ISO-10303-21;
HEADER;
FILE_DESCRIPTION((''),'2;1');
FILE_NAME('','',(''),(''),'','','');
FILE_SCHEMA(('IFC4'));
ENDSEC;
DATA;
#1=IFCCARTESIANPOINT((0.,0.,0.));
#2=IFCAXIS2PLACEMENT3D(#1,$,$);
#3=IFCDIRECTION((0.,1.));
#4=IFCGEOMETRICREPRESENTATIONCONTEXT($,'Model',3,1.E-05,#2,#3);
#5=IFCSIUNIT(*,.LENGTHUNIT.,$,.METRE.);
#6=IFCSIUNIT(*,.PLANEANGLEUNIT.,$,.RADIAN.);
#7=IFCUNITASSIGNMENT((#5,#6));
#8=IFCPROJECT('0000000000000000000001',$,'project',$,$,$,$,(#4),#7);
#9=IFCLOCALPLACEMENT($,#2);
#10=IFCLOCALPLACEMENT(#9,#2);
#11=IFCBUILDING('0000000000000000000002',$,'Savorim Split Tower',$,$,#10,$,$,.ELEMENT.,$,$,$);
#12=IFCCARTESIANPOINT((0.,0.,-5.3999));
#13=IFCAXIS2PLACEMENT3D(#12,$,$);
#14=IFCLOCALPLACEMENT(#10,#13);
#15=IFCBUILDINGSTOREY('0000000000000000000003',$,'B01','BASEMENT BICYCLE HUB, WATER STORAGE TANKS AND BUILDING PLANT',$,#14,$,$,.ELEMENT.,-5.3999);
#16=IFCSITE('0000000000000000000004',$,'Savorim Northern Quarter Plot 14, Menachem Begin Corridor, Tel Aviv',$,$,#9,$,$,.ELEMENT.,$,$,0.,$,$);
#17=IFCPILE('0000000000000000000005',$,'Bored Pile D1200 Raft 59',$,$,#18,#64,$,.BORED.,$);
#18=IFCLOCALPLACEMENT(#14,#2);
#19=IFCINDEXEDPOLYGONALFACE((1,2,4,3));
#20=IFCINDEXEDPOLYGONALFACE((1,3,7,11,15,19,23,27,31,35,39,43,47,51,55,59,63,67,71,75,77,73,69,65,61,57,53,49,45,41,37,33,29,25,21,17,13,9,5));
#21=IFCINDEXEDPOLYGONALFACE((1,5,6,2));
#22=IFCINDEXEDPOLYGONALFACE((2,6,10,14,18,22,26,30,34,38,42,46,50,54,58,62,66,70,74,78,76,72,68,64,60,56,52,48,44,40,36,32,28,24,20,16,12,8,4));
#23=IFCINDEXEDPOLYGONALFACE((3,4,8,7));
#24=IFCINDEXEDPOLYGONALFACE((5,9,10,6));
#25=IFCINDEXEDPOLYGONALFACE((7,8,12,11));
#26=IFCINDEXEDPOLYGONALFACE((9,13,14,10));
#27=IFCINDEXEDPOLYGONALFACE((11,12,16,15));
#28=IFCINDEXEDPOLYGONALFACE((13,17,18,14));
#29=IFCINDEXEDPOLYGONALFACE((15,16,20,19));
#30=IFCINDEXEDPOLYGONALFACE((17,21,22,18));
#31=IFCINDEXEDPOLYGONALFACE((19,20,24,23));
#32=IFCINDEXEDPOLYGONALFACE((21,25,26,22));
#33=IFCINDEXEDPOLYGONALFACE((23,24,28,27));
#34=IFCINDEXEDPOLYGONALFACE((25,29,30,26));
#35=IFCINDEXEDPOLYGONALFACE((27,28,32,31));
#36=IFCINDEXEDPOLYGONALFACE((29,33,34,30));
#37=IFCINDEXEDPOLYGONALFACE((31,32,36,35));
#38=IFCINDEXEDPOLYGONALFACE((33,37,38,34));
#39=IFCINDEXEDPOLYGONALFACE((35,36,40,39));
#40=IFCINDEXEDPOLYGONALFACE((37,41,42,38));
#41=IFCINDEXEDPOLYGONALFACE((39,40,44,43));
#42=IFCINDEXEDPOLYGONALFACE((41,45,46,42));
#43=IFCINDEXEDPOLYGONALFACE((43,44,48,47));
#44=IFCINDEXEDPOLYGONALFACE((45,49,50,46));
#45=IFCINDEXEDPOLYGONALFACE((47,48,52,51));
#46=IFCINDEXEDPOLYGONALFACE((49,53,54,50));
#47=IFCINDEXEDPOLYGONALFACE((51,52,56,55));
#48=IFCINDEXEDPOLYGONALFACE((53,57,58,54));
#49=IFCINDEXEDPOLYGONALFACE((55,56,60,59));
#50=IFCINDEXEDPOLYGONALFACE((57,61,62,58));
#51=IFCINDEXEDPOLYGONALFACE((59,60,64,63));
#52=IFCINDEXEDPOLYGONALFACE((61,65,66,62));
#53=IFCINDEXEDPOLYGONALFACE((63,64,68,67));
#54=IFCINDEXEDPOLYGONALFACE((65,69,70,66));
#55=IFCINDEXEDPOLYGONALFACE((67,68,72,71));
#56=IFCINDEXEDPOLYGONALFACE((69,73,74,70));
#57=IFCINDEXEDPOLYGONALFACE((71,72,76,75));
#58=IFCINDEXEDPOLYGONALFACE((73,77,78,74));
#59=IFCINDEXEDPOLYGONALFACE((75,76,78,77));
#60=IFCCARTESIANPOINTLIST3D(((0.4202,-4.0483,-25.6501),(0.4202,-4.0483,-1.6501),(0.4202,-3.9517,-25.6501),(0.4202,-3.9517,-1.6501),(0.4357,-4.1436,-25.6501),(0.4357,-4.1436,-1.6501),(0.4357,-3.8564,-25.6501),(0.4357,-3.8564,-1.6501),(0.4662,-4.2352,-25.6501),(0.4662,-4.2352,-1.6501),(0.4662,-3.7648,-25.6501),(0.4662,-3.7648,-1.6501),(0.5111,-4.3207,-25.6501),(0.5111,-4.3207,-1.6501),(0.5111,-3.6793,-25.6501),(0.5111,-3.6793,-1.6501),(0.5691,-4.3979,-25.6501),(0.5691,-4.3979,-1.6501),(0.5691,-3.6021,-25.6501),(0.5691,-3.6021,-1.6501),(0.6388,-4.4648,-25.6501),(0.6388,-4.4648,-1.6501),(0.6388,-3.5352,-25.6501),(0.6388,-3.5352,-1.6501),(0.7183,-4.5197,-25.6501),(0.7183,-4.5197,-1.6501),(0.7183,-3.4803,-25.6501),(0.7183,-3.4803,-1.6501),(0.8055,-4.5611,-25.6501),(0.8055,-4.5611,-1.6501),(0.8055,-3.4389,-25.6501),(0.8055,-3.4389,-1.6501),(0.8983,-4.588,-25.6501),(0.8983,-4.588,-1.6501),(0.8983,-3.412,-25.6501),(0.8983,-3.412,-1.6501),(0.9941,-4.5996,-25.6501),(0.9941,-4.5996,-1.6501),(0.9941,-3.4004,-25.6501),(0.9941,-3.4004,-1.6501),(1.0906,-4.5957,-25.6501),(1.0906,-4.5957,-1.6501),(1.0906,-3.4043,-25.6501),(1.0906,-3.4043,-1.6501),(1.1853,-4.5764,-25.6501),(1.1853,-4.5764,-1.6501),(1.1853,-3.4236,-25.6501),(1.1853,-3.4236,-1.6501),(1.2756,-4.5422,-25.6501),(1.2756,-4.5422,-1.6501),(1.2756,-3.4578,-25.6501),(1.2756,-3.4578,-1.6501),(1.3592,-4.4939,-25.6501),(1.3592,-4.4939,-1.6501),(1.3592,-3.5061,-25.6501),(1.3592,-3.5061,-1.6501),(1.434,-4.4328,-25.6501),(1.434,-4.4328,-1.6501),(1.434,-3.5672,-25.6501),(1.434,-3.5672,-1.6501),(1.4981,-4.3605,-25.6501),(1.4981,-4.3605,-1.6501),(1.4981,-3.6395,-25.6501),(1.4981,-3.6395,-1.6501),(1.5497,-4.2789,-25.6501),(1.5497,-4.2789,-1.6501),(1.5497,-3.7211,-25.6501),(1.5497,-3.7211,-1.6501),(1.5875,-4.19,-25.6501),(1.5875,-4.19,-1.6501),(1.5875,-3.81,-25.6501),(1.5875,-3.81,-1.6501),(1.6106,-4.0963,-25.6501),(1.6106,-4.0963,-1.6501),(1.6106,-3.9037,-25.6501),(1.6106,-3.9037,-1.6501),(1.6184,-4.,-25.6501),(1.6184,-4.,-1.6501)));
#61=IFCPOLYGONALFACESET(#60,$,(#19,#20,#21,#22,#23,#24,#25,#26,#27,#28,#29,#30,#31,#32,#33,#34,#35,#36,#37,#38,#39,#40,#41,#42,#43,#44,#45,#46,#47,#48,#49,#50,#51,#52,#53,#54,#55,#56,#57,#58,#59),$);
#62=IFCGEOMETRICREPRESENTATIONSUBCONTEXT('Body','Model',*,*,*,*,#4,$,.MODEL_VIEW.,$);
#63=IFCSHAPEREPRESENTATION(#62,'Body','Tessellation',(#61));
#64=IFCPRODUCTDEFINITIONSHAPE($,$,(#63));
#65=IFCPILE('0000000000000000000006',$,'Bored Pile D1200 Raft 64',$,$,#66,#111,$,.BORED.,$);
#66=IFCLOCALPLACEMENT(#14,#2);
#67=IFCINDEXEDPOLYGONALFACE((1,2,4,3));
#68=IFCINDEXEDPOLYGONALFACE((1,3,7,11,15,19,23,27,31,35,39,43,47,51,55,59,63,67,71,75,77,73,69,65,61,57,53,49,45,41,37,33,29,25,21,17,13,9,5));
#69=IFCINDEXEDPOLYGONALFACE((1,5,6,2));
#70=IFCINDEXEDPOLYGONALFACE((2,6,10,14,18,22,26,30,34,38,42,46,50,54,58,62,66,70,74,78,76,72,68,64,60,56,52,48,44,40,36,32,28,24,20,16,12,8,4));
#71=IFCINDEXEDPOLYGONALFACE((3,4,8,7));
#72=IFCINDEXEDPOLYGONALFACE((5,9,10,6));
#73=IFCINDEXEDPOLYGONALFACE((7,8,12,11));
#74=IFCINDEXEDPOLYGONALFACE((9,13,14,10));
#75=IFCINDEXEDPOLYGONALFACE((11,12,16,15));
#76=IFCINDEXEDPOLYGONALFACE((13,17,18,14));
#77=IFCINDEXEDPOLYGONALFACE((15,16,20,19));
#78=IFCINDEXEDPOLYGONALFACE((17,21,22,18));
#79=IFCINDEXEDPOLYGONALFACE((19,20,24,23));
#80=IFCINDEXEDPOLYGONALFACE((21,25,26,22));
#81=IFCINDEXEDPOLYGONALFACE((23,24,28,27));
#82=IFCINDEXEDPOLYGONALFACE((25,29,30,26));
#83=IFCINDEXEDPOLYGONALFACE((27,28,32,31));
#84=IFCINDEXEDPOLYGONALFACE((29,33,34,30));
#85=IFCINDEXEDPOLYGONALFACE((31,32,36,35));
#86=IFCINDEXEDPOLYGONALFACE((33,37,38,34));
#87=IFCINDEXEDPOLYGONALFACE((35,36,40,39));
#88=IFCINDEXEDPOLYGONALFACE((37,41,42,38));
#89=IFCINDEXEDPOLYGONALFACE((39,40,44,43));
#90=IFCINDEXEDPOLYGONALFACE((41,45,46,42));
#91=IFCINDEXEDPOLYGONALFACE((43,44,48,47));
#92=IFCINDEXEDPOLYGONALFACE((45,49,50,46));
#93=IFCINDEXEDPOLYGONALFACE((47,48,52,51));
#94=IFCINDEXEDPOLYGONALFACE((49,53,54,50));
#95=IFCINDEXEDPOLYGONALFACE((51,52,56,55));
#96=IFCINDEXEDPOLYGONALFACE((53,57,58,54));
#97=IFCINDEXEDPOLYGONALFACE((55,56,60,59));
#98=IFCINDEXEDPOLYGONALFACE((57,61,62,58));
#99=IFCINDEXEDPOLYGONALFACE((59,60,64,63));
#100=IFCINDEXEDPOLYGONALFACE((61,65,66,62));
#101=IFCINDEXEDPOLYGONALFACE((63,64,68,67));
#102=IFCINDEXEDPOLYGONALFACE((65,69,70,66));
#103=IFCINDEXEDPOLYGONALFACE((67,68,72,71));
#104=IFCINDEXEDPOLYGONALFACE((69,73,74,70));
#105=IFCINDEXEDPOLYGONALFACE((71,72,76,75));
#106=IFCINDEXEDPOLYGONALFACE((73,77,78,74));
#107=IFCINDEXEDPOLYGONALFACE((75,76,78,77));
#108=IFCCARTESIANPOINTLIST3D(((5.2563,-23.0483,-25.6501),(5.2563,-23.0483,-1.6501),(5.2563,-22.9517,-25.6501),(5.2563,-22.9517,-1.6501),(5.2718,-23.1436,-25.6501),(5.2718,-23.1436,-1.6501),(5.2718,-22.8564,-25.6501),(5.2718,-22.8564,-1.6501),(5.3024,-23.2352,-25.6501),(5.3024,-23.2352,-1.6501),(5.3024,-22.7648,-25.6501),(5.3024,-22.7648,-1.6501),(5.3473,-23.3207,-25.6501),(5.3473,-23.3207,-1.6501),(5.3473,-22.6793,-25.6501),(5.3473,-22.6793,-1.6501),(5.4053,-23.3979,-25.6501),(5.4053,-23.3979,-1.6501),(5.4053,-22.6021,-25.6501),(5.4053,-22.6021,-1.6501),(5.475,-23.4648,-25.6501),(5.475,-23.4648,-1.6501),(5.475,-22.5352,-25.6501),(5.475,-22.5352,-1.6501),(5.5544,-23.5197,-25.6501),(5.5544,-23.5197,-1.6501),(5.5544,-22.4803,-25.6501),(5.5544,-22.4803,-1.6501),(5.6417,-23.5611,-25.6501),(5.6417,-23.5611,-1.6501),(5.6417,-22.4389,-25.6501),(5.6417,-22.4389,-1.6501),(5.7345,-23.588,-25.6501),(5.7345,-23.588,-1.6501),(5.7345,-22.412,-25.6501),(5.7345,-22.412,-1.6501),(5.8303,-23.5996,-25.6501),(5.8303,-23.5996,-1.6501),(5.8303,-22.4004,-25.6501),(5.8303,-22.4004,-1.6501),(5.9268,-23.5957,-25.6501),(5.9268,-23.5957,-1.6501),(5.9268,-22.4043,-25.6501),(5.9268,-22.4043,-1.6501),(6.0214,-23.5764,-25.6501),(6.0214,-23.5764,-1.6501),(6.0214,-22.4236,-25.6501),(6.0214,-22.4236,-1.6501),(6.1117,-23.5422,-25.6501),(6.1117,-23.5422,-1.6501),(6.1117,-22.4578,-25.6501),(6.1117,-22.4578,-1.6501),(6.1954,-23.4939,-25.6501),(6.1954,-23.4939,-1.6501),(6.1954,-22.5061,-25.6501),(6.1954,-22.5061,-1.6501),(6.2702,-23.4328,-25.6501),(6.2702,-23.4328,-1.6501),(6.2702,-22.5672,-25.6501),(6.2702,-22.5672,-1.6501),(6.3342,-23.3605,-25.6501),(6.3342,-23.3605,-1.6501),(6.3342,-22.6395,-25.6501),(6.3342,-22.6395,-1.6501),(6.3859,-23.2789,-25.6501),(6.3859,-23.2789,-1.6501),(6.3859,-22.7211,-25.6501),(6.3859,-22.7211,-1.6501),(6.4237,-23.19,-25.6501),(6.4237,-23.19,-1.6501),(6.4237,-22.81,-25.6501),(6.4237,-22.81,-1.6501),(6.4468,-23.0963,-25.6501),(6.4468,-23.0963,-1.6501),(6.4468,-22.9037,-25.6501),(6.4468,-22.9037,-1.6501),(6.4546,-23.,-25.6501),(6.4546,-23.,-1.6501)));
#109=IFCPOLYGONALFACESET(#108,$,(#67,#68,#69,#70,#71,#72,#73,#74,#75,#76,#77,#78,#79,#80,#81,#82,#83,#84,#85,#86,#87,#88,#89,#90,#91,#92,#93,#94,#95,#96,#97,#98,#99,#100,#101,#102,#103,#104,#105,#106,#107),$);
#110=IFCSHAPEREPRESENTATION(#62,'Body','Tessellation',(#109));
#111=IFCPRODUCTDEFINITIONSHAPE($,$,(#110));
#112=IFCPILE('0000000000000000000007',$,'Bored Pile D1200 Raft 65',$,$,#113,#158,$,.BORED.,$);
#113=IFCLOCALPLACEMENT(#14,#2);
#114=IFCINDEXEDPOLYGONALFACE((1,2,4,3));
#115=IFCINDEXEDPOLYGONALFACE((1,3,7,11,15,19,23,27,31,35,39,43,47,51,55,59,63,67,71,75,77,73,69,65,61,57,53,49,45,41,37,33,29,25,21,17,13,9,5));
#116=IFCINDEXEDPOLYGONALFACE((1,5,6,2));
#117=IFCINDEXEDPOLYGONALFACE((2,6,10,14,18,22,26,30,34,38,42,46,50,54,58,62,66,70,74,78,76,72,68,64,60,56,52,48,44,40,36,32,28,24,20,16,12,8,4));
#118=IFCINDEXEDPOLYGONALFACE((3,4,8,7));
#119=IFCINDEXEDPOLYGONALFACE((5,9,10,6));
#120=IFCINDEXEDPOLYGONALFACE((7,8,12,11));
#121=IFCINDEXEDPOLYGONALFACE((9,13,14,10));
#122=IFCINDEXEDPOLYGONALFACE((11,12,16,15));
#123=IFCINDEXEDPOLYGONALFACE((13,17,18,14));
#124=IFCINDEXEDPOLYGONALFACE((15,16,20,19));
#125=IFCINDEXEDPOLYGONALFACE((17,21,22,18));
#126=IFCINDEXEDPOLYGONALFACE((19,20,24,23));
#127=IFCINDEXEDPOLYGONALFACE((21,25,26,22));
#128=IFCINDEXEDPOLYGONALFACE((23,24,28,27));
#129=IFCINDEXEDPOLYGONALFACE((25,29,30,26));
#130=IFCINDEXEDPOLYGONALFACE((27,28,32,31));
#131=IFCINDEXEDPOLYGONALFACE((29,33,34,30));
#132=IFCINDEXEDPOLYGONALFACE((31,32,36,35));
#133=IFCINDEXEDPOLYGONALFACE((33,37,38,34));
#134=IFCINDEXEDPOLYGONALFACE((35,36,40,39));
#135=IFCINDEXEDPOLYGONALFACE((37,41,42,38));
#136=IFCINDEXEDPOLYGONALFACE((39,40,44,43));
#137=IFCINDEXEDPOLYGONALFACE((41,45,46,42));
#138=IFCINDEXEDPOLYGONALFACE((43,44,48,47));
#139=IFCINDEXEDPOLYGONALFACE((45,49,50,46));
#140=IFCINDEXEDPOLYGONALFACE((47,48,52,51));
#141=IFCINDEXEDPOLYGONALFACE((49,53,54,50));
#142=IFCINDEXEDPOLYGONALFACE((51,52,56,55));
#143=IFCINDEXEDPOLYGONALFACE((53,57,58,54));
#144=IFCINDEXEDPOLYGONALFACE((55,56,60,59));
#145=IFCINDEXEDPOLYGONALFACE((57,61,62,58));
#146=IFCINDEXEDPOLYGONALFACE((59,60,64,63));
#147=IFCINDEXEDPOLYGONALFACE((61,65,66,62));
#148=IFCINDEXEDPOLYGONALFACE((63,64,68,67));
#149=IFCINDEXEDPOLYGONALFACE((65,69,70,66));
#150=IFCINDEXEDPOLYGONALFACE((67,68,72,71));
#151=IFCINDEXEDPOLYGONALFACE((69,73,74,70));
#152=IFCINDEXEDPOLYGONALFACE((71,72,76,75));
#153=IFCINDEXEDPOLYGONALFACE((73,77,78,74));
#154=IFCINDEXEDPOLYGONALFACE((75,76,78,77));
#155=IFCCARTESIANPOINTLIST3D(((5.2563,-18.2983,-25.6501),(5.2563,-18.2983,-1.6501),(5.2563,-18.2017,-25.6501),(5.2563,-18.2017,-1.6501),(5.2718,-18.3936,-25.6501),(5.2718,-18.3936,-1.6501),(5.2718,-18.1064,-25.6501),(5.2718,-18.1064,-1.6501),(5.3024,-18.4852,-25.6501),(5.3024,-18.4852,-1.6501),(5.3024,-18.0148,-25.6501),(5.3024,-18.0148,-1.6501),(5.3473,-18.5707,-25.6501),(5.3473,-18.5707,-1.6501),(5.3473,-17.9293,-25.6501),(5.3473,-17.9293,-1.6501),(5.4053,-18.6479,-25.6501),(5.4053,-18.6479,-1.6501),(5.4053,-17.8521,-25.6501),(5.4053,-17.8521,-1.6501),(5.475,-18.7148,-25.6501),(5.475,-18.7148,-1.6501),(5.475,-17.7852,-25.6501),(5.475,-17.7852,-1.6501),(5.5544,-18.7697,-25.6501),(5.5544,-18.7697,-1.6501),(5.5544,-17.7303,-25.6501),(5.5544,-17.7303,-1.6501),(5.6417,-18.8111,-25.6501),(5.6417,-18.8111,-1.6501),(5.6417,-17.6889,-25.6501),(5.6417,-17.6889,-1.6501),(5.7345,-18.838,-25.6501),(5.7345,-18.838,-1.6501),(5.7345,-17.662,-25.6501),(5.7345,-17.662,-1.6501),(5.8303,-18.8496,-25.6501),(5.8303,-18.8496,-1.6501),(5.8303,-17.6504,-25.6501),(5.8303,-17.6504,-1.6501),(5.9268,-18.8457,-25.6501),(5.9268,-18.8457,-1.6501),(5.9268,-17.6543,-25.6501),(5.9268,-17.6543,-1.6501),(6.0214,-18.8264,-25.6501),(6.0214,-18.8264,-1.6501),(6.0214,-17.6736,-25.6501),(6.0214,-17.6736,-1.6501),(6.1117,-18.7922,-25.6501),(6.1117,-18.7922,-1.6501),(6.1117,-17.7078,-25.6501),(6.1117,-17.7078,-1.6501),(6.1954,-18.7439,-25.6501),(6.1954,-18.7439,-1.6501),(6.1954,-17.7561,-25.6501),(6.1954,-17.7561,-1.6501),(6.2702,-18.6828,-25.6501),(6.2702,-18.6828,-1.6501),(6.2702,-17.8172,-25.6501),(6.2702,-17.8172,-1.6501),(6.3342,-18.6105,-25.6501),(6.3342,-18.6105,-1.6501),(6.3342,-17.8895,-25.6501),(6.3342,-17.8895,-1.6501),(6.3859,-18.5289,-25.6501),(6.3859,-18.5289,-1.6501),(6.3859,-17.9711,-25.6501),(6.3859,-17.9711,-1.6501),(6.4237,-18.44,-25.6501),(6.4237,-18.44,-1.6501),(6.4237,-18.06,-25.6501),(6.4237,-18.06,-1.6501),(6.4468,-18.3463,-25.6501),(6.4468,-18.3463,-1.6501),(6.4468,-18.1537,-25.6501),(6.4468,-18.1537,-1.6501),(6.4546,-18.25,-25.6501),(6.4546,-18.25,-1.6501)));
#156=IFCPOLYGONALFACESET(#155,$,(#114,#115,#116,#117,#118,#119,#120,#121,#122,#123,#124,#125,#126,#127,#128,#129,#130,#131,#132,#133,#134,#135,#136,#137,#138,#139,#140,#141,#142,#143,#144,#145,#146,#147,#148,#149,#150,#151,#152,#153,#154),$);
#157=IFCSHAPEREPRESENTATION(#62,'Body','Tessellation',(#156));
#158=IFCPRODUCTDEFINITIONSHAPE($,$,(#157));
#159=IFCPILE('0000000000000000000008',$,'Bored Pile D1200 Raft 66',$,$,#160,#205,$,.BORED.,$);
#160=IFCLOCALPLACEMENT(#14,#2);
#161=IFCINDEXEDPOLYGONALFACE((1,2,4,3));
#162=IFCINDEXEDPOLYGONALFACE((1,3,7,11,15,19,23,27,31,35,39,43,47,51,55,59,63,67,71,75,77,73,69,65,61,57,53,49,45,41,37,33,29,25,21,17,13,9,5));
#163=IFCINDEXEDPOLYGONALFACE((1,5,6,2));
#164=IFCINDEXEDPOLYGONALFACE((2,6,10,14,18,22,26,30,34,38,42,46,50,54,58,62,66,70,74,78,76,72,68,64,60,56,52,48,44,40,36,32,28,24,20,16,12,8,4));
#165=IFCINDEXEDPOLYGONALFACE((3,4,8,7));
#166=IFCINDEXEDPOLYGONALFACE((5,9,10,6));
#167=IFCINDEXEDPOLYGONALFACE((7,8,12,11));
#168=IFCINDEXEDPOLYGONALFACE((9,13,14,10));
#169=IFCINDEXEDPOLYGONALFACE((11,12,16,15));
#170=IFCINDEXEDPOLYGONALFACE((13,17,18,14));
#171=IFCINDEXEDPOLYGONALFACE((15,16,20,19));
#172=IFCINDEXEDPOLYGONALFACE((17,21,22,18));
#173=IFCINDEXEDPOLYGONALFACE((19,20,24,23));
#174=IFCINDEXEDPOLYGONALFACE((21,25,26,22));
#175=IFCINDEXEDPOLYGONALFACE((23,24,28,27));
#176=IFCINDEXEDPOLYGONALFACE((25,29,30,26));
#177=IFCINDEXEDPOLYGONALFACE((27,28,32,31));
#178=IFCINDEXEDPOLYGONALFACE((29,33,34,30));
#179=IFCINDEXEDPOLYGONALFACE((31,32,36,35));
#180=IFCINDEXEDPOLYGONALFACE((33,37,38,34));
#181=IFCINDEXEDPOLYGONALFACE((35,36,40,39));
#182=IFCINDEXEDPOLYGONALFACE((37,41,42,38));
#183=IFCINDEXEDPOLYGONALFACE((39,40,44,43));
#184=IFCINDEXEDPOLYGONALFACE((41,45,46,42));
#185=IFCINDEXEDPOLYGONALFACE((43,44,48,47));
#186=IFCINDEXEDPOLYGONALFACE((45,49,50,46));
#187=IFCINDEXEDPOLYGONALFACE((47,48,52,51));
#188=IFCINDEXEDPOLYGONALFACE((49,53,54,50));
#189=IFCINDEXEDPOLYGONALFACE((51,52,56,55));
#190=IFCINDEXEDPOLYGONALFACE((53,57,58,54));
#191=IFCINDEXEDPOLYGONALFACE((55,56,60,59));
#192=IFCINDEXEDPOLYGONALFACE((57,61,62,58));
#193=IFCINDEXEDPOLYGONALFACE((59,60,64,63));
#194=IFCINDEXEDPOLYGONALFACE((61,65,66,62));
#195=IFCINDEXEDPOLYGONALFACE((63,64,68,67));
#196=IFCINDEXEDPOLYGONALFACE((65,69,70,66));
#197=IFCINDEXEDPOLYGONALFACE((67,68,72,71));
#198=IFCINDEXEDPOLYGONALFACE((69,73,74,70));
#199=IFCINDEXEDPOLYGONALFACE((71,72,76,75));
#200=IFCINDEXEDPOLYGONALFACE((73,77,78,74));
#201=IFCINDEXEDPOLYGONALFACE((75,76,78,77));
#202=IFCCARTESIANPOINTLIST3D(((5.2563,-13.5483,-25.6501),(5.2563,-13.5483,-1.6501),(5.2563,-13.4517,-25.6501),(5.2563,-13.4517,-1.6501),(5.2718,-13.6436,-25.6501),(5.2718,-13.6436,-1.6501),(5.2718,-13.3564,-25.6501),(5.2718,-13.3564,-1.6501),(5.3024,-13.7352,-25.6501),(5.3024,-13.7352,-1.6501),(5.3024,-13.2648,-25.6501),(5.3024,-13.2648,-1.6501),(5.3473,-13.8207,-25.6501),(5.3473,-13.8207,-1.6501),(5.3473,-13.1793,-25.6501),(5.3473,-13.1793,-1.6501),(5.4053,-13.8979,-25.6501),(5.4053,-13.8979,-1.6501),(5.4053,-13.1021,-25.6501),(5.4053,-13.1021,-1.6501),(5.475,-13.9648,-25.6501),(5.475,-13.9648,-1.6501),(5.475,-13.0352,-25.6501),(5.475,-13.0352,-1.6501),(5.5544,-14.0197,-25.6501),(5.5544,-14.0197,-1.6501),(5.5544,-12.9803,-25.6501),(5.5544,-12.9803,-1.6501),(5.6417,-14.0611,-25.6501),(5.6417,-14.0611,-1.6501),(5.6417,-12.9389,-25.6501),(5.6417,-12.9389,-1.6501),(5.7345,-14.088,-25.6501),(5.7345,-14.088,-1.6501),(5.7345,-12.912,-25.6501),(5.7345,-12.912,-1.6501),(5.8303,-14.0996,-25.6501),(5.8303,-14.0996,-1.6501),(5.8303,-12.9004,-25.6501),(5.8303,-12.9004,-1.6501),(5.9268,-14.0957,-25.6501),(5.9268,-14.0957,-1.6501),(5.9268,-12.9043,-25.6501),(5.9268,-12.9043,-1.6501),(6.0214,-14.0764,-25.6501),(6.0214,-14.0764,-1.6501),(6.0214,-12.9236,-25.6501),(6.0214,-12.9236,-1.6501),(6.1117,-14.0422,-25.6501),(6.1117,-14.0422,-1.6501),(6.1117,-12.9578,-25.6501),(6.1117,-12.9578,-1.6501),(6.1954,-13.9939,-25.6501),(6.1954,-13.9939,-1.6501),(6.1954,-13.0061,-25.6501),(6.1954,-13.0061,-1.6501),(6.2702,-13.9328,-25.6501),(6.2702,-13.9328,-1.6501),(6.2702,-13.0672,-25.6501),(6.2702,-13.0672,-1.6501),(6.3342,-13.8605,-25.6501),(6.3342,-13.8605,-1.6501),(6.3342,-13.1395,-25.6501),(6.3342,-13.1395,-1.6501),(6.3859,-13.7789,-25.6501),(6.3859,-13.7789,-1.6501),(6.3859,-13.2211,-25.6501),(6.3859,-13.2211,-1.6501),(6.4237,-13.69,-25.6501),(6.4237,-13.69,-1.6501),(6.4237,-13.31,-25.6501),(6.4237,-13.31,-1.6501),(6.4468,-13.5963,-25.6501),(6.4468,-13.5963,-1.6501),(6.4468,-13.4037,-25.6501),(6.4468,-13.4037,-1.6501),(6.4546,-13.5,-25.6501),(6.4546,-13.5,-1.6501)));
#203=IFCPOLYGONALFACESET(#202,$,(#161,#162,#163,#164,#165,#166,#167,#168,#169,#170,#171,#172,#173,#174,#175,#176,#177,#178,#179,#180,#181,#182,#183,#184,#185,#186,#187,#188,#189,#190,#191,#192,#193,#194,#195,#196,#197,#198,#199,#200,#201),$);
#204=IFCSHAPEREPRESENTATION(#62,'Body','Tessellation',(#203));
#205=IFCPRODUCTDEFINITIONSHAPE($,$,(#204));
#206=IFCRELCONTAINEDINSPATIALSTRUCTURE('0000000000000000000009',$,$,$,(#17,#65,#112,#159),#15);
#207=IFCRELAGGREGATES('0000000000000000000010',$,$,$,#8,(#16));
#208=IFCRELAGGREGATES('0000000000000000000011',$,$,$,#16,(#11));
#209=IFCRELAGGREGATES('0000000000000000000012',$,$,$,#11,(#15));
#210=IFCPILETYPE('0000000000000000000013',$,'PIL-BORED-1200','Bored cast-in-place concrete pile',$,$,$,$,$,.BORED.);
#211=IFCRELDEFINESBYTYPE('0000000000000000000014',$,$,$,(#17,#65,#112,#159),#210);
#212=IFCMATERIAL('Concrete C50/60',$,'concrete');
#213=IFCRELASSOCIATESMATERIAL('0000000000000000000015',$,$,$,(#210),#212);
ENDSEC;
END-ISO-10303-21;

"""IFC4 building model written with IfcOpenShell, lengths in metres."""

from ifc_helpers import new_model, si_unit, direction, frame, origin, origin_2d, place, context, subcontext, project, spatial, circle, extrude, material, material_profile, profile_set, type_object, element, save


model = new_model("IFC4")

# Units and contexts
model_context = context("Model", 3, precision=1e-05, world=origin(), true_north=direction((0.0, 1.0)))
body_context = subcontext(model_context, "Body", "Model", "MODEL_VIEW")
ifc_project = project(units=[si_unit("LENGTHUNIT", "METRE"), si_unit("PLANEANGLEUNIT", "RADIAN")], contexts=[model_context])

# Site, building, storey
site_placement = place(None, origin())
site = spatial("IfcSite", under=ifc_project, at=site_placement, Name="Savorim Northern Quarter Plot 14, Menachem Begin Corridor, Tel Aviv", CompositionType="ELEMENT", RefElevation=0.0)
building_placement = place(site_placement, origin())
building = spatial("IfcBuilding", under=site, at=building_placement, Name="Savorim Split Tower", CompositionType="ELEMENT")
storey_placement = place(building_placement, frame((0.0, 0.0, -5.3999)))
storey = spatial("IfcBuildingStorey", under=building, at=storey_placement, Name="B01", Description="BASEMENT BICYCLE HUB, WATER STORAGE TANKS AND BUILDING PLANT", CompositionType="ELEMENT", Elevation=-5.3999)

# Piles
ifc_material_1 = material(Name="Concrete C50/60", Category="concrete")
ifc_material_profile_1 = material_profile(ifc_material_1, circle(Radius=0.6001, at=origin_2d()), Name="PILE D1200")
ifc_profile_set_1 = profile_set([ifc_material_profile_1], Name="Concrete C50/60")
pile_type = type_object("IfcPileType", Name="PIL-BORED-1200", Description="Bored cast-in-place concrete pile", PredefinedType="BORED", material=ifc_profile_set_1)
for number, where, z_axis, x_axis, name in (
    (1, (1.0183, -4.0, -1.6501), (0.0, 0.0, -1.0), (1.0, 0.0, 0.0), "Bored Pile D1200 Raft 59"),
    (2, (5.8545, -23.0, -1.6501), (0.0, 0.0, -1.0), (1.0, 0.0, 0.0), "Bored Pile D1200 Raft 64"),
    (3, (5.8545, -18.25, -1.6501), (0.0, 0.0, -1.0), (1.0, 0.0, 0.0), "Bored Pile D1200 Raft 65"),
    (4, (5.8545, -13.5, -1.6501), (0.0, 0.0, -1.0), (1.0, 0.0, 0.0), "Bored Pile D1200 Raft 66"),
):
    element("IfcPile", number, at=place(storey_placement, frame(where, z_axis=z_axis, x_axis=x_axis)), inside=storey, type_object=pile_type, Name=name, PredefinedType="BORED", context=body_context, shape_type="SweptSolid", body=[
        extrude(circle(Radius=0.6001, at=origin_2d()), origin(), (0.0, 0.0, 1.0), 24.0),
    ])

save(model, "model.ifc")
